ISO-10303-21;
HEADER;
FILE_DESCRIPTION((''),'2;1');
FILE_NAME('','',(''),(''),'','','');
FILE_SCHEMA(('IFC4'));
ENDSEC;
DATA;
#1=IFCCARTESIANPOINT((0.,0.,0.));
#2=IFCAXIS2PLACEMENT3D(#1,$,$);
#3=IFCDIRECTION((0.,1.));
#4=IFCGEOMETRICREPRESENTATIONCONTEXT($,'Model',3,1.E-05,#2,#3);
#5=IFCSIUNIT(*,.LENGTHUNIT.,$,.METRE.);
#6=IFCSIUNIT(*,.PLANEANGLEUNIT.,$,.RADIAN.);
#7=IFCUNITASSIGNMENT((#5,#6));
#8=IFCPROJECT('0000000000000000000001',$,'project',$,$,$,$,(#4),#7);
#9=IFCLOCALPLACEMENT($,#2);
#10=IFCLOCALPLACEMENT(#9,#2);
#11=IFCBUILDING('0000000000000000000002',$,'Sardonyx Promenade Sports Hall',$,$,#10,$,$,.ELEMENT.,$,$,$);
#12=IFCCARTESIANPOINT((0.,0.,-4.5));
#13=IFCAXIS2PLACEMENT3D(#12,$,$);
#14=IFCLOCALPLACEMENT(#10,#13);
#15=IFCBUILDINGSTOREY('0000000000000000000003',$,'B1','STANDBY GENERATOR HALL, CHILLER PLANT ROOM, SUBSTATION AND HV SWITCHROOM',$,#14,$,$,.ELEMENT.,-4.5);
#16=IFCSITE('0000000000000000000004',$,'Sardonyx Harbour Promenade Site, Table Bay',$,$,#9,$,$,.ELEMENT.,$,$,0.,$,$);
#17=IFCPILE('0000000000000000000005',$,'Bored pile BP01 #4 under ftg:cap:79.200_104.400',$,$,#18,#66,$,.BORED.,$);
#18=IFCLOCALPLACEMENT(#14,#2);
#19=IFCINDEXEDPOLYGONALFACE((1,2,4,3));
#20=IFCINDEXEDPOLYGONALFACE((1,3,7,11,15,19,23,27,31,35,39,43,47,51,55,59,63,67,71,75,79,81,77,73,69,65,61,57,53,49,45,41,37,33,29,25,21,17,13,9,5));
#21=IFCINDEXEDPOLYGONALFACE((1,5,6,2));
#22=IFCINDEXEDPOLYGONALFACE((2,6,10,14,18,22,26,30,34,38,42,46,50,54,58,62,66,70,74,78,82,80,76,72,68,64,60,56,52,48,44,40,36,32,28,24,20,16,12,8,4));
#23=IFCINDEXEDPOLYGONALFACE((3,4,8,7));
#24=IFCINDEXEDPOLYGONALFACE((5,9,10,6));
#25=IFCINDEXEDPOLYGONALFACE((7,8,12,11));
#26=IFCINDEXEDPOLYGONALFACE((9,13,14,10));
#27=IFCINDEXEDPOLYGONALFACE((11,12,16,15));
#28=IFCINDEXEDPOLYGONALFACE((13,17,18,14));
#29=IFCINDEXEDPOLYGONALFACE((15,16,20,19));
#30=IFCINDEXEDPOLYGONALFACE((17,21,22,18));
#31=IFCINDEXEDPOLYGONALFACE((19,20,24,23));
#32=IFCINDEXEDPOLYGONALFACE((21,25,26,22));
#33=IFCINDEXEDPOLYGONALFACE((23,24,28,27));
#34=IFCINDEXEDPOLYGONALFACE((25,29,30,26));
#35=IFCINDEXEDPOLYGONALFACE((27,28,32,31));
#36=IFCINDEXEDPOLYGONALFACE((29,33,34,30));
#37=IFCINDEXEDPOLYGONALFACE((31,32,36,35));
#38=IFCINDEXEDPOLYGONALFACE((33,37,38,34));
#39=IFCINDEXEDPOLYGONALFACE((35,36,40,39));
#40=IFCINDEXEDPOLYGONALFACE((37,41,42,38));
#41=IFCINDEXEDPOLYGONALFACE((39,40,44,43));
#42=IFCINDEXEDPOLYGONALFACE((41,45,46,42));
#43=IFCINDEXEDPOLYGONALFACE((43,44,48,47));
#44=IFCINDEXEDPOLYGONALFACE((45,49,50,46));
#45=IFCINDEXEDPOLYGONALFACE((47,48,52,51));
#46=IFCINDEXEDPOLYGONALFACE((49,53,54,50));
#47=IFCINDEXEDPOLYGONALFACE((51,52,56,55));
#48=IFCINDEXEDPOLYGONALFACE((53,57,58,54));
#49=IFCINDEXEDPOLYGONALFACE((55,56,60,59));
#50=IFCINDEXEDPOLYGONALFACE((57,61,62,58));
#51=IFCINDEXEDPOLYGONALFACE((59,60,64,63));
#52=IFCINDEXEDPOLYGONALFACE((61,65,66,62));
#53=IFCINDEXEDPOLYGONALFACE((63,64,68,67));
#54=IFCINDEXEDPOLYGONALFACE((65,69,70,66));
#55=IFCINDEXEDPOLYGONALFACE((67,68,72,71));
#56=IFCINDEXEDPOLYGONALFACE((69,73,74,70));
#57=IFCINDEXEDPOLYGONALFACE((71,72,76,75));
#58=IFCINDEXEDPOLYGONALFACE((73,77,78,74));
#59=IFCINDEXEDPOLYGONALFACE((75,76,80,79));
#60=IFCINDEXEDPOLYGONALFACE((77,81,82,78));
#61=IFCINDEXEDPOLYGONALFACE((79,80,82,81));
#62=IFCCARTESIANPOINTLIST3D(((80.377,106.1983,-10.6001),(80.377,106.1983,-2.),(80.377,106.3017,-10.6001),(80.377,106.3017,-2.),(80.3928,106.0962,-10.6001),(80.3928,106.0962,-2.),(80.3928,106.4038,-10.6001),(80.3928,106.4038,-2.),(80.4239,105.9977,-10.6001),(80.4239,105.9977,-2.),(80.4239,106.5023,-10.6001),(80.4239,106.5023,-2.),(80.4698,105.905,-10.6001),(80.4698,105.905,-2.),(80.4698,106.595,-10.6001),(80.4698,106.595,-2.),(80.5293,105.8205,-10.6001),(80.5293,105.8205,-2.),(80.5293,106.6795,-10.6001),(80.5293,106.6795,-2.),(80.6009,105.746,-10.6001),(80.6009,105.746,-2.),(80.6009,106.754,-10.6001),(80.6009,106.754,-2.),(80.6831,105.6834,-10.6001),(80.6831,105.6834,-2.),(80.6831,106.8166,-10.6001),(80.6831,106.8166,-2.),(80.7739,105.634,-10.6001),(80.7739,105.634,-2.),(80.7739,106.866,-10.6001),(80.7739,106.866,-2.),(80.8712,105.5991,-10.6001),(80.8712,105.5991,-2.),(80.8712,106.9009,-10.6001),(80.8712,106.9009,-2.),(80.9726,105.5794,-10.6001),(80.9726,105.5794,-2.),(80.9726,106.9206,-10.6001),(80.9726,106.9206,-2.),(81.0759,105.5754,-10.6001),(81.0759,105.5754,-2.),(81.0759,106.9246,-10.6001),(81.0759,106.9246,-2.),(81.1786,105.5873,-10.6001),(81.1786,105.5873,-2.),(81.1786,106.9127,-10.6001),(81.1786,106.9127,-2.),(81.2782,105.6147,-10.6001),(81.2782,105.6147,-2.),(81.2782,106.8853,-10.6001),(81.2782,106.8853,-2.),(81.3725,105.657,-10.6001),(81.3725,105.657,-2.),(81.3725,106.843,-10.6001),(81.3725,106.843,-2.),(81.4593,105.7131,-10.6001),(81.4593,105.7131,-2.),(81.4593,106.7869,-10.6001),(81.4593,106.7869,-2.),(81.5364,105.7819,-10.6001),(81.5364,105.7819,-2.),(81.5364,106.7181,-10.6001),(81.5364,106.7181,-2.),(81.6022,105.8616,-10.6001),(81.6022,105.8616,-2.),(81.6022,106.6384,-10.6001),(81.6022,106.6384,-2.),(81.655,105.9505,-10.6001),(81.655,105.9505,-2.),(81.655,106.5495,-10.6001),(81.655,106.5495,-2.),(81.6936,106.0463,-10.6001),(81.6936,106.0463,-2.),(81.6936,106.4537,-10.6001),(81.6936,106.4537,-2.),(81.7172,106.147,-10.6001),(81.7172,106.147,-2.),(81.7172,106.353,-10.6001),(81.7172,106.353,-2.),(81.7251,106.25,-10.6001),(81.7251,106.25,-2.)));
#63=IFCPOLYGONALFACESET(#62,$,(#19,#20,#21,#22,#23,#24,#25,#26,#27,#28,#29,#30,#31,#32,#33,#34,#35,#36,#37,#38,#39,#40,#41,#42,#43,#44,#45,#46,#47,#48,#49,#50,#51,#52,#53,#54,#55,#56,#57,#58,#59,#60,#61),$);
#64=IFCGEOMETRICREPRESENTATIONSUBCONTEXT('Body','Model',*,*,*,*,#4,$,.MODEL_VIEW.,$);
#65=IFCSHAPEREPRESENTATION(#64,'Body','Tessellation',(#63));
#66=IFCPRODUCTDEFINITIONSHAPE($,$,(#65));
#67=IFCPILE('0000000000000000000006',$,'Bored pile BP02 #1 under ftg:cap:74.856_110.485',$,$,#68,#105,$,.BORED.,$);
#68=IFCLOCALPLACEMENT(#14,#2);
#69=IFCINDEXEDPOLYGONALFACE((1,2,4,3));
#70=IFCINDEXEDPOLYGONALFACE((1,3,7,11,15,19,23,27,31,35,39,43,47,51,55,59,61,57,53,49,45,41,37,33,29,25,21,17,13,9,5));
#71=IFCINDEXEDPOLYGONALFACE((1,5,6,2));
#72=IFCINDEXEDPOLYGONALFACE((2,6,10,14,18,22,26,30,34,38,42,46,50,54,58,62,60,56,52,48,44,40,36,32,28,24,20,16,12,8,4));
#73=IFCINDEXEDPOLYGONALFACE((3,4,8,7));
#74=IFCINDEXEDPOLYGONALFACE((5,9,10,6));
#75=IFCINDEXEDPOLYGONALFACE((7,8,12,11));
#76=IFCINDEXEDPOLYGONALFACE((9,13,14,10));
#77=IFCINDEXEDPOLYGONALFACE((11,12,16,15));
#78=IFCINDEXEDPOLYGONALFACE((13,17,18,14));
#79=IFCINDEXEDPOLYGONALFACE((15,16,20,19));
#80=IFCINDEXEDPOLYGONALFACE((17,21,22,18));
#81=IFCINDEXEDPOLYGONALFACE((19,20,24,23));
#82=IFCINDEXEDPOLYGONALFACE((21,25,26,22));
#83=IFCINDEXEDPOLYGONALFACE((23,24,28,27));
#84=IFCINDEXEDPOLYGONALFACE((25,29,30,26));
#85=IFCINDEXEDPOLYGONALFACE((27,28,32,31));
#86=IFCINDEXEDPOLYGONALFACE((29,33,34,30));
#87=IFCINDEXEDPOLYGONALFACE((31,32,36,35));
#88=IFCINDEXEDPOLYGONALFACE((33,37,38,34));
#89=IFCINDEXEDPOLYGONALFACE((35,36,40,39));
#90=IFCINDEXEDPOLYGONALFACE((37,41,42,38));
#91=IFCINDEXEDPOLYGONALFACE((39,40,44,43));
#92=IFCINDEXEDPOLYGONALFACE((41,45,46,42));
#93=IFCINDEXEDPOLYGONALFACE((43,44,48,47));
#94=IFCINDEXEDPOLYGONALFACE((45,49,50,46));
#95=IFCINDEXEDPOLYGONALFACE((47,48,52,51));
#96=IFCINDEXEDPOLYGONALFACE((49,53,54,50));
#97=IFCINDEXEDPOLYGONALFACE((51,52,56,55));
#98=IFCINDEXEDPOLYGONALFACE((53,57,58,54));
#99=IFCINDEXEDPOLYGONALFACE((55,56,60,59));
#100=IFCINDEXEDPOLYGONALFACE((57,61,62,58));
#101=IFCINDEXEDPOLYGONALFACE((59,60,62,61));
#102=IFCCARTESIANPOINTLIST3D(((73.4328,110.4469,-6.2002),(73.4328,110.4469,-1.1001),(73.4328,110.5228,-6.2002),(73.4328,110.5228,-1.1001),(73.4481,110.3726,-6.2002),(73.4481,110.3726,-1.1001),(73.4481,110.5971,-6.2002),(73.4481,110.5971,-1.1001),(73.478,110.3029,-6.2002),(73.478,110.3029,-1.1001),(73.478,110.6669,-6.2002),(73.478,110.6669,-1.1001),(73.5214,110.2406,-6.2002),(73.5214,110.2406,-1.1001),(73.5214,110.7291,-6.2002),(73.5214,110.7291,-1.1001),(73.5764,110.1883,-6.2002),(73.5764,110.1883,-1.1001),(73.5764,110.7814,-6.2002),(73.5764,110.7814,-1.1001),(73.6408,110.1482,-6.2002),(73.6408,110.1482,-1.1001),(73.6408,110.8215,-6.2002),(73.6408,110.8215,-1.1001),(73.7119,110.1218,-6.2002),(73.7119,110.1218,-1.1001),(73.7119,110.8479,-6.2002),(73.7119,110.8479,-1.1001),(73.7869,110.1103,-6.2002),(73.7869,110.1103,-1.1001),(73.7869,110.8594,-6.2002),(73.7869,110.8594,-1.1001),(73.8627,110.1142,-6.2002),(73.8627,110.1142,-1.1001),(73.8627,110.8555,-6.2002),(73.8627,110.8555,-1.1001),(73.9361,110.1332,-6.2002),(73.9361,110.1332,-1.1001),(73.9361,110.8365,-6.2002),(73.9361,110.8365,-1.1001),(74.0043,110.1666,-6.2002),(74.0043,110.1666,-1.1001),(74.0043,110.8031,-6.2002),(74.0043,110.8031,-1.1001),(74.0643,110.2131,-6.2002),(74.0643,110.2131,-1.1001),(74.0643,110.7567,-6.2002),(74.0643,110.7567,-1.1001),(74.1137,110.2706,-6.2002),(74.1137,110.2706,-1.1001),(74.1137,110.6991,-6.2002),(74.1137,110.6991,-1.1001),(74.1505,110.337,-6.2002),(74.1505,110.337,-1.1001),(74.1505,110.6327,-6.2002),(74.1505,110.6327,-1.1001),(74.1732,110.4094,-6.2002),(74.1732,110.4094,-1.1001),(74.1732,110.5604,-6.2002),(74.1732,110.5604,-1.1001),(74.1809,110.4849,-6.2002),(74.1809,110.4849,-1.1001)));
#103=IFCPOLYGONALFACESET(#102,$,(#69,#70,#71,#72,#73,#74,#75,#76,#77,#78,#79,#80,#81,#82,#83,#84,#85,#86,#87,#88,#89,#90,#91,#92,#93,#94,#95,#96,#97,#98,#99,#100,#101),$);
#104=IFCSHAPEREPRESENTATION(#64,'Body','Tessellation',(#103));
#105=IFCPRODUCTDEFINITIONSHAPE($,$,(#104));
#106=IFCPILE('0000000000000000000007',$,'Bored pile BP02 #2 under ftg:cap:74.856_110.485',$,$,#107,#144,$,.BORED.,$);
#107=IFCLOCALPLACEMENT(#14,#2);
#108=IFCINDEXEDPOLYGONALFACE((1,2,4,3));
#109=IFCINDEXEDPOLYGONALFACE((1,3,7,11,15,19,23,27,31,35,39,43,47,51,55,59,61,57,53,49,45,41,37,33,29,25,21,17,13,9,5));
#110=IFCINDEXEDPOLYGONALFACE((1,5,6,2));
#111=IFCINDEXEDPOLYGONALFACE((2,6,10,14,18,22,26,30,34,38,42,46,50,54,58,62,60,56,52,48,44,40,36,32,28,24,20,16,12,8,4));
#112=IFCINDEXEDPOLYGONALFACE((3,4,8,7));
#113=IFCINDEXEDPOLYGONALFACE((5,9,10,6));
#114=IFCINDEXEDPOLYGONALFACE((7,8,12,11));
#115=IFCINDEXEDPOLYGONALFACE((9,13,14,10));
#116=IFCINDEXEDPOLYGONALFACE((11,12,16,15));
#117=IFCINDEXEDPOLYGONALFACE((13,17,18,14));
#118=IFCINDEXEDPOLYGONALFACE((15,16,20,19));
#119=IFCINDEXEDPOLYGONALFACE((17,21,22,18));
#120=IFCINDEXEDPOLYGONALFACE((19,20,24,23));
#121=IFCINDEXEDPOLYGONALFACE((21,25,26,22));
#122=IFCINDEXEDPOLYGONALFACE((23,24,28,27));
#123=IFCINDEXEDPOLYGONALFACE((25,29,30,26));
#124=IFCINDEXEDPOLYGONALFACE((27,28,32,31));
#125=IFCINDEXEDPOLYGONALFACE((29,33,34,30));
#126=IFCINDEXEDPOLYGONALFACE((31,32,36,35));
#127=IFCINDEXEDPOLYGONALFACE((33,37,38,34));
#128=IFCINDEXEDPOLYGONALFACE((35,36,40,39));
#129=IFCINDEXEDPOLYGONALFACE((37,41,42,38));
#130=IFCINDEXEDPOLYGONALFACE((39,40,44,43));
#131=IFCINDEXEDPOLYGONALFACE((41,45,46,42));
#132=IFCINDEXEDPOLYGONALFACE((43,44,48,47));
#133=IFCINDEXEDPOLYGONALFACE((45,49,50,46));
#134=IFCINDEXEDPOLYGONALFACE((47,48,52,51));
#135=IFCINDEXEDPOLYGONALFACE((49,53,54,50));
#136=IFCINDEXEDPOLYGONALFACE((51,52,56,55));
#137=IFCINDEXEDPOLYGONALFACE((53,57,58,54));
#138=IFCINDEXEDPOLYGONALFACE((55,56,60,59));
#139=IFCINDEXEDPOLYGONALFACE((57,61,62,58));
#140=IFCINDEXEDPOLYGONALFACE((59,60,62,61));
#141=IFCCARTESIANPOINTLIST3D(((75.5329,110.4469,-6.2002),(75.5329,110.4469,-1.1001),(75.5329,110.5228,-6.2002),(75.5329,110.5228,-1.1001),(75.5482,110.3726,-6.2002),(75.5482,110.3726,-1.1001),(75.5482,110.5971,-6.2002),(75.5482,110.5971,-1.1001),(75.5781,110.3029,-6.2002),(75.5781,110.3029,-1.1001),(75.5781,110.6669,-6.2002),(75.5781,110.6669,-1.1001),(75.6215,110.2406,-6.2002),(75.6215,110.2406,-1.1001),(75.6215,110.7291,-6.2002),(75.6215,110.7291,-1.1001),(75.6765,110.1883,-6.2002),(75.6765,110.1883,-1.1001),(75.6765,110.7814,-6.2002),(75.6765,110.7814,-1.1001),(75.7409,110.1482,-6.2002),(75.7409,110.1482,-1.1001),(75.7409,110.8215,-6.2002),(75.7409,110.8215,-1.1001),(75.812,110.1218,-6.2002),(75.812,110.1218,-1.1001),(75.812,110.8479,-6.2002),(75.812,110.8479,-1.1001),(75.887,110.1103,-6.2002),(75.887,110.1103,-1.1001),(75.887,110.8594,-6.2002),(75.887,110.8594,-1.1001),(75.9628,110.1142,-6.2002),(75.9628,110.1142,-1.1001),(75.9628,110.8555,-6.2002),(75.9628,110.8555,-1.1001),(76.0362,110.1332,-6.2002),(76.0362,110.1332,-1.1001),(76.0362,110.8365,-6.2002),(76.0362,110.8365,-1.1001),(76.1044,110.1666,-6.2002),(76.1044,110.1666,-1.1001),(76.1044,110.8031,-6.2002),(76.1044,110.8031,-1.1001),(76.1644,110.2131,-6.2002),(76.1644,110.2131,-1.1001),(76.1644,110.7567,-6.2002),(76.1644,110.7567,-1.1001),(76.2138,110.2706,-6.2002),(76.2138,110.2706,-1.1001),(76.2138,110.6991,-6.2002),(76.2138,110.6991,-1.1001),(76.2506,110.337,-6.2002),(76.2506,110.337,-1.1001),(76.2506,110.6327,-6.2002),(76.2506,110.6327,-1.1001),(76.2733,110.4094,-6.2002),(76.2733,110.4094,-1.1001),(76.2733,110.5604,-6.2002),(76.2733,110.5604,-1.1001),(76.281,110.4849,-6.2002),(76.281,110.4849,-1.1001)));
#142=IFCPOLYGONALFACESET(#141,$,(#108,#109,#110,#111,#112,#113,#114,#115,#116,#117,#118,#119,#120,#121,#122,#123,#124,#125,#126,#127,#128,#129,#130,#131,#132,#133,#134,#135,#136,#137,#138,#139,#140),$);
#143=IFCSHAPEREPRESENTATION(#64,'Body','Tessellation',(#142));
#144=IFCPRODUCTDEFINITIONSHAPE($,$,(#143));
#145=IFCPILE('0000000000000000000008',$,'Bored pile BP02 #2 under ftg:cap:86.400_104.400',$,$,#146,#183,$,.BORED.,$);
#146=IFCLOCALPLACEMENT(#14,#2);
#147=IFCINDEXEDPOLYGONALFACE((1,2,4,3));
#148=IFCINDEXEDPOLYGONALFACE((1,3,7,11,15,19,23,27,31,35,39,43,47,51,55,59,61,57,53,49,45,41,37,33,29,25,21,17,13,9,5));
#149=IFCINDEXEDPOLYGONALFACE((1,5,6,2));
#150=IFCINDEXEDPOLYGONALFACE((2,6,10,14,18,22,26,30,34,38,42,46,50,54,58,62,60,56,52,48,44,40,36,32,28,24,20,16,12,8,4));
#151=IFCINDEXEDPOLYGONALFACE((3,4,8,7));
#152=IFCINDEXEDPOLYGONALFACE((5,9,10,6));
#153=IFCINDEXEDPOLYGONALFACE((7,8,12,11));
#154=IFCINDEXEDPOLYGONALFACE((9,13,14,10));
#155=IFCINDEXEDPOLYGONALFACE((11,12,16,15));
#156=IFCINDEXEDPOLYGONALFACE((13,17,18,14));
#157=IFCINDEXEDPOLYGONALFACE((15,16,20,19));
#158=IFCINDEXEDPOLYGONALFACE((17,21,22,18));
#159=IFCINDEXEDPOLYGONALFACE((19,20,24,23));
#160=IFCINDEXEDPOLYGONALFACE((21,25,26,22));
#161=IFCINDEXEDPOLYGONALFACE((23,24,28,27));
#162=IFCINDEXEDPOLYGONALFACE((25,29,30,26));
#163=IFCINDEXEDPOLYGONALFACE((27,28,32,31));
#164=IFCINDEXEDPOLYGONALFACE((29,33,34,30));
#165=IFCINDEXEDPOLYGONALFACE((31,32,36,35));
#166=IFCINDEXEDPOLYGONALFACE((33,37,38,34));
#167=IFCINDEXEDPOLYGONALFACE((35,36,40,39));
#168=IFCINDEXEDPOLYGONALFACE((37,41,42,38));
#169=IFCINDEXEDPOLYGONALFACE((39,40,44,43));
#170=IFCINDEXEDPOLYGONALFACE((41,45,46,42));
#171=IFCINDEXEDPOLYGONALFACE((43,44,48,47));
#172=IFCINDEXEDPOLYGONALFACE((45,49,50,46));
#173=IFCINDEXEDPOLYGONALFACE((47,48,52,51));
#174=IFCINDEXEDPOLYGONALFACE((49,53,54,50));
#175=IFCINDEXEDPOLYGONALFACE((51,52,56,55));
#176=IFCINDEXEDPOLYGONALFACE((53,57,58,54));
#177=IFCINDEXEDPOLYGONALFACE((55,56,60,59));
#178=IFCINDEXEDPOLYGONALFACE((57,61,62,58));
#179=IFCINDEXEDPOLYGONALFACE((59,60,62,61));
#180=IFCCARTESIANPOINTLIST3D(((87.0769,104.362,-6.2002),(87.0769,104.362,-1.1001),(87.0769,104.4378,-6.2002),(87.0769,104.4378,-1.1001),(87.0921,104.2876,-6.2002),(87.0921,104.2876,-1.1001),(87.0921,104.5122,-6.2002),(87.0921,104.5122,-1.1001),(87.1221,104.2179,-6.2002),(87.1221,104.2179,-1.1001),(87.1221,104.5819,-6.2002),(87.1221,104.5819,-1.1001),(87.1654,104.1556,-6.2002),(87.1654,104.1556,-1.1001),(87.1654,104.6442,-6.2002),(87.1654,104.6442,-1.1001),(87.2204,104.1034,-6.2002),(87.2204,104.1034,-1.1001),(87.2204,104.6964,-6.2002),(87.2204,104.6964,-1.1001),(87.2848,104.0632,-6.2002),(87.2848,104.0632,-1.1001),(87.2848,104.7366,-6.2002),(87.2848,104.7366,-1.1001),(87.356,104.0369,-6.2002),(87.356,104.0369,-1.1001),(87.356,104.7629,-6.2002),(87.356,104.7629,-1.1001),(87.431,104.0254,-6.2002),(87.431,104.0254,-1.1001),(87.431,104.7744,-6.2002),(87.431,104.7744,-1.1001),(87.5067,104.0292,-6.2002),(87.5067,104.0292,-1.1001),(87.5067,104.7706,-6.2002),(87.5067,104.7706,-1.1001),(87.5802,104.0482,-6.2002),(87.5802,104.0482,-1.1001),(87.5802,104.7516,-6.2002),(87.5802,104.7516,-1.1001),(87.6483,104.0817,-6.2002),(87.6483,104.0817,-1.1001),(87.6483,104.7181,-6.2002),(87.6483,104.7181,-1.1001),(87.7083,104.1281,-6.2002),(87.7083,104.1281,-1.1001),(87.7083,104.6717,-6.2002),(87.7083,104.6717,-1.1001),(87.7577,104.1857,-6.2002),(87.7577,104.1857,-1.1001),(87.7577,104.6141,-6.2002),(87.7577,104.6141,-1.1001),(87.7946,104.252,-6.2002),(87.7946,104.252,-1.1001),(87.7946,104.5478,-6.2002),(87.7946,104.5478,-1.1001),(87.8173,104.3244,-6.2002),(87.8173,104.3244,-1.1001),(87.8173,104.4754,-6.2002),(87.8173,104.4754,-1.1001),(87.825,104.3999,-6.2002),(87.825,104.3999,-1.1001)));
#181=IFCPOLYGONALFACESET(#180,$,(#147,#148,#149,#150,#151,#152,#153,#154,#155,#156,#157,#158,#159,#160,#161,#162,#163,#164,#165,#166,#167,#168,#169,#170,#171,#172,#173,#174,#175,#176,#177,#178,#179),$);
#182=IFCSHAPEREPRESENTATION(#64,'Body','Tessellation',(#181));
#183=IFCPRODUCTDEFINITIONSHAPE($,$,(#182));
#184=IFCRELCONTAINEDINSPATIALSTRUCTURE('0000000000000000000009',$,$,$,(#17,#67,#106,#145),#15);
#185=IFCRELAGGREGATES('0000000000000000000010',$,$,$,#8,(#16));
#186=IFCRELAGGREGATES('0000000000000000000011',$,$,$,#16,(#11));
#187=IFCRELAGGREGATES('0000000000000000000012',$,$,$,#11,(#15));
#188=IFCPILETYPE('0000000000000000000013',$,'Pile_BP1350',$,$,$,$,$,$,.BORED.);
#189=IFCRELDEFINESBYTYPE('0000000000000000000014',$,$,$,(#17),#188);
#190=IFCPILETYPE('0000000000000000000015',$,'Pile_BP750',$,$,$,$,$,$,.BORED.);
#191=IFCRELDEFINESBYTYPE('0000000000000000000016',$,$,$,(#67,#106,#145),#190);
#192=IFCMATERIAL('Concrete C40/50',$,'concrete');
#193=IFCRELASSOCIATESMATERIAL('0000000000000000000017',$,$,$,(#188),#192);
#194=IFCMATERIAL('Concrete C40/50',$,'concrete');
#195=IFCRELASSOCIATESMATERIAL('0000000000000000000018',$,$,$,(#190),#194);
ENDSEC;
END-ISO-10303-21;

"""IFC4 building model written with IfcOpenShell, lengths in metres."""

from ifc_helpers import new_model, si_unit, direction, frame, origin, origin_2d, place, context, subcontext, project, spatial, circle, extrude, material, material_profile, profile_set, type_object, element, save


model = new_model("IFC4")

# Units and contexts
model_context = context("Model", 3, precision=1e-05, world=origin(), true_north=direction((0.0, 1.0)))
body_context = subcontext(model_context, "Body", "Model", "MODEL_VIEW")
ifc_project = project(units=[si_unit("LENGTHUNIT", "METRE"), si_unit("PLANEANGLEUNIT", "RADIAN")], contexts=[model_context])

# Site, building, storey
site_placement = place(None, origin())
site = spatial("IfcSite", under=ifc_project, at=site_placement, Name="Sardonyx Harbour Promenade Site, Table Bay", CompositionType="ELEMENT", RefElevation=0.0)
building_placement = place(site_placement, origin())
building = spatial("IfcBuilding", under=site, at=building_placement, Name="Sardonyx Promenade Sports Hall", CompositionType="ELEMENT")
storey_placement = place(building_placement, frame((0.0, 0.0, -4.5)))
storey = spatial("IfcBuildingStorey", under=building, at=storey_placement, Name="B1", Description="STANDBY GENERATOR HALL, CHILLER PLANT ROOM, SUBSTATION AND HV SWITCHROOM", CompositionType="ELEMENT", Elevation=-4.5)

# Piles
ifc_material_1 = material(Name="Concrete C40/50", Category="concrete")
ifc_material_profile_1 = material_profile(ifc_material_1, circle(Radius=0.675, at=origin_2d()))
ifc_profile_set_1 = profile_set([ifc_material_profile_1], Name="Concrete C40/50")
pile_type_1 = type_object("IfcPileType", Name="Pile_BP1350", PredefinedType="BORED", material=ifc_profile_set_1)
for number, where, z_axis, x_axis, name in (
    (1, (81.05, 106.25, -2.0), (0.0, 0.0, -1.0), (1.0, 0.0, 0.0), "Bored pile BP01 #4 under ftg:cap:79.200_104.400"),
):
    element("IfcPile", number, at=place(storey_placement, frame(where, z_axis=z_axis, x_axis=x_axis)), inside=storey, type_object=pile_type_1, Name=name, PredefinedType="BORED", context=body_context, shape_type="SweptSolid", body=[
        extrude(circle(Radius=0.675, at=origin_2d()), origin(), (0.0, 0.0, 1.0), 8.6001),
    ])
ifc_material_2 = material(Name="Concrete C40/50", Category="concrete")
ifc_material_profile_2 = material_profile(ifc_material_2, circle(Radius=0.375, at=origin_2d()))
ifc_profile_set_2 = profile_set([ifc_material_profile_2], Name="Concrete C40/50")
pile_type_2 = type_object("IfcPileType", Name="Pile_BP750", PredefinedType="BORED", material=ifc_profile_set_2)
for number, where, z_axis, x_axis, name in (
    (2, (73.8059, 110.4849, -1.1001), (0.0, 0.0, -1.0), (1.0, 0.0, 0.0), "Bored pile BP02 #1 under ftg:cap:74.856_110.485"),
    (3, (75.906, 110.4849, -1.1001), (0.0, 0.0, -1.0), (1.0, 0.0, 0.0), "Bored pile BP02 #2 under ftg:cap:74.856_110.485"),
    (4, (87.45, 104.3999, -1.1001), (0.0, 0.0, -1.0), (1.0, 0.0, 0.0), "Bored pile BP02 #2 under ftg:cap:86.400_104.400"),
):
    element("IfcPile", number, at=place(storey_placement, frame(where, z_axis=z_axis, x_axis=x_axis)), inside=storey, type_object=pile_type_2, Name=name, PredefinedType="BORED", context=body_context, shape_type="SweptSolid", body=[
        extrude(circle(Radius=0.375, at=origin_2d()), origin(), (0.0, 0.0, 1.0), 5.1001),
    ])

save(model, "model.ifc")
